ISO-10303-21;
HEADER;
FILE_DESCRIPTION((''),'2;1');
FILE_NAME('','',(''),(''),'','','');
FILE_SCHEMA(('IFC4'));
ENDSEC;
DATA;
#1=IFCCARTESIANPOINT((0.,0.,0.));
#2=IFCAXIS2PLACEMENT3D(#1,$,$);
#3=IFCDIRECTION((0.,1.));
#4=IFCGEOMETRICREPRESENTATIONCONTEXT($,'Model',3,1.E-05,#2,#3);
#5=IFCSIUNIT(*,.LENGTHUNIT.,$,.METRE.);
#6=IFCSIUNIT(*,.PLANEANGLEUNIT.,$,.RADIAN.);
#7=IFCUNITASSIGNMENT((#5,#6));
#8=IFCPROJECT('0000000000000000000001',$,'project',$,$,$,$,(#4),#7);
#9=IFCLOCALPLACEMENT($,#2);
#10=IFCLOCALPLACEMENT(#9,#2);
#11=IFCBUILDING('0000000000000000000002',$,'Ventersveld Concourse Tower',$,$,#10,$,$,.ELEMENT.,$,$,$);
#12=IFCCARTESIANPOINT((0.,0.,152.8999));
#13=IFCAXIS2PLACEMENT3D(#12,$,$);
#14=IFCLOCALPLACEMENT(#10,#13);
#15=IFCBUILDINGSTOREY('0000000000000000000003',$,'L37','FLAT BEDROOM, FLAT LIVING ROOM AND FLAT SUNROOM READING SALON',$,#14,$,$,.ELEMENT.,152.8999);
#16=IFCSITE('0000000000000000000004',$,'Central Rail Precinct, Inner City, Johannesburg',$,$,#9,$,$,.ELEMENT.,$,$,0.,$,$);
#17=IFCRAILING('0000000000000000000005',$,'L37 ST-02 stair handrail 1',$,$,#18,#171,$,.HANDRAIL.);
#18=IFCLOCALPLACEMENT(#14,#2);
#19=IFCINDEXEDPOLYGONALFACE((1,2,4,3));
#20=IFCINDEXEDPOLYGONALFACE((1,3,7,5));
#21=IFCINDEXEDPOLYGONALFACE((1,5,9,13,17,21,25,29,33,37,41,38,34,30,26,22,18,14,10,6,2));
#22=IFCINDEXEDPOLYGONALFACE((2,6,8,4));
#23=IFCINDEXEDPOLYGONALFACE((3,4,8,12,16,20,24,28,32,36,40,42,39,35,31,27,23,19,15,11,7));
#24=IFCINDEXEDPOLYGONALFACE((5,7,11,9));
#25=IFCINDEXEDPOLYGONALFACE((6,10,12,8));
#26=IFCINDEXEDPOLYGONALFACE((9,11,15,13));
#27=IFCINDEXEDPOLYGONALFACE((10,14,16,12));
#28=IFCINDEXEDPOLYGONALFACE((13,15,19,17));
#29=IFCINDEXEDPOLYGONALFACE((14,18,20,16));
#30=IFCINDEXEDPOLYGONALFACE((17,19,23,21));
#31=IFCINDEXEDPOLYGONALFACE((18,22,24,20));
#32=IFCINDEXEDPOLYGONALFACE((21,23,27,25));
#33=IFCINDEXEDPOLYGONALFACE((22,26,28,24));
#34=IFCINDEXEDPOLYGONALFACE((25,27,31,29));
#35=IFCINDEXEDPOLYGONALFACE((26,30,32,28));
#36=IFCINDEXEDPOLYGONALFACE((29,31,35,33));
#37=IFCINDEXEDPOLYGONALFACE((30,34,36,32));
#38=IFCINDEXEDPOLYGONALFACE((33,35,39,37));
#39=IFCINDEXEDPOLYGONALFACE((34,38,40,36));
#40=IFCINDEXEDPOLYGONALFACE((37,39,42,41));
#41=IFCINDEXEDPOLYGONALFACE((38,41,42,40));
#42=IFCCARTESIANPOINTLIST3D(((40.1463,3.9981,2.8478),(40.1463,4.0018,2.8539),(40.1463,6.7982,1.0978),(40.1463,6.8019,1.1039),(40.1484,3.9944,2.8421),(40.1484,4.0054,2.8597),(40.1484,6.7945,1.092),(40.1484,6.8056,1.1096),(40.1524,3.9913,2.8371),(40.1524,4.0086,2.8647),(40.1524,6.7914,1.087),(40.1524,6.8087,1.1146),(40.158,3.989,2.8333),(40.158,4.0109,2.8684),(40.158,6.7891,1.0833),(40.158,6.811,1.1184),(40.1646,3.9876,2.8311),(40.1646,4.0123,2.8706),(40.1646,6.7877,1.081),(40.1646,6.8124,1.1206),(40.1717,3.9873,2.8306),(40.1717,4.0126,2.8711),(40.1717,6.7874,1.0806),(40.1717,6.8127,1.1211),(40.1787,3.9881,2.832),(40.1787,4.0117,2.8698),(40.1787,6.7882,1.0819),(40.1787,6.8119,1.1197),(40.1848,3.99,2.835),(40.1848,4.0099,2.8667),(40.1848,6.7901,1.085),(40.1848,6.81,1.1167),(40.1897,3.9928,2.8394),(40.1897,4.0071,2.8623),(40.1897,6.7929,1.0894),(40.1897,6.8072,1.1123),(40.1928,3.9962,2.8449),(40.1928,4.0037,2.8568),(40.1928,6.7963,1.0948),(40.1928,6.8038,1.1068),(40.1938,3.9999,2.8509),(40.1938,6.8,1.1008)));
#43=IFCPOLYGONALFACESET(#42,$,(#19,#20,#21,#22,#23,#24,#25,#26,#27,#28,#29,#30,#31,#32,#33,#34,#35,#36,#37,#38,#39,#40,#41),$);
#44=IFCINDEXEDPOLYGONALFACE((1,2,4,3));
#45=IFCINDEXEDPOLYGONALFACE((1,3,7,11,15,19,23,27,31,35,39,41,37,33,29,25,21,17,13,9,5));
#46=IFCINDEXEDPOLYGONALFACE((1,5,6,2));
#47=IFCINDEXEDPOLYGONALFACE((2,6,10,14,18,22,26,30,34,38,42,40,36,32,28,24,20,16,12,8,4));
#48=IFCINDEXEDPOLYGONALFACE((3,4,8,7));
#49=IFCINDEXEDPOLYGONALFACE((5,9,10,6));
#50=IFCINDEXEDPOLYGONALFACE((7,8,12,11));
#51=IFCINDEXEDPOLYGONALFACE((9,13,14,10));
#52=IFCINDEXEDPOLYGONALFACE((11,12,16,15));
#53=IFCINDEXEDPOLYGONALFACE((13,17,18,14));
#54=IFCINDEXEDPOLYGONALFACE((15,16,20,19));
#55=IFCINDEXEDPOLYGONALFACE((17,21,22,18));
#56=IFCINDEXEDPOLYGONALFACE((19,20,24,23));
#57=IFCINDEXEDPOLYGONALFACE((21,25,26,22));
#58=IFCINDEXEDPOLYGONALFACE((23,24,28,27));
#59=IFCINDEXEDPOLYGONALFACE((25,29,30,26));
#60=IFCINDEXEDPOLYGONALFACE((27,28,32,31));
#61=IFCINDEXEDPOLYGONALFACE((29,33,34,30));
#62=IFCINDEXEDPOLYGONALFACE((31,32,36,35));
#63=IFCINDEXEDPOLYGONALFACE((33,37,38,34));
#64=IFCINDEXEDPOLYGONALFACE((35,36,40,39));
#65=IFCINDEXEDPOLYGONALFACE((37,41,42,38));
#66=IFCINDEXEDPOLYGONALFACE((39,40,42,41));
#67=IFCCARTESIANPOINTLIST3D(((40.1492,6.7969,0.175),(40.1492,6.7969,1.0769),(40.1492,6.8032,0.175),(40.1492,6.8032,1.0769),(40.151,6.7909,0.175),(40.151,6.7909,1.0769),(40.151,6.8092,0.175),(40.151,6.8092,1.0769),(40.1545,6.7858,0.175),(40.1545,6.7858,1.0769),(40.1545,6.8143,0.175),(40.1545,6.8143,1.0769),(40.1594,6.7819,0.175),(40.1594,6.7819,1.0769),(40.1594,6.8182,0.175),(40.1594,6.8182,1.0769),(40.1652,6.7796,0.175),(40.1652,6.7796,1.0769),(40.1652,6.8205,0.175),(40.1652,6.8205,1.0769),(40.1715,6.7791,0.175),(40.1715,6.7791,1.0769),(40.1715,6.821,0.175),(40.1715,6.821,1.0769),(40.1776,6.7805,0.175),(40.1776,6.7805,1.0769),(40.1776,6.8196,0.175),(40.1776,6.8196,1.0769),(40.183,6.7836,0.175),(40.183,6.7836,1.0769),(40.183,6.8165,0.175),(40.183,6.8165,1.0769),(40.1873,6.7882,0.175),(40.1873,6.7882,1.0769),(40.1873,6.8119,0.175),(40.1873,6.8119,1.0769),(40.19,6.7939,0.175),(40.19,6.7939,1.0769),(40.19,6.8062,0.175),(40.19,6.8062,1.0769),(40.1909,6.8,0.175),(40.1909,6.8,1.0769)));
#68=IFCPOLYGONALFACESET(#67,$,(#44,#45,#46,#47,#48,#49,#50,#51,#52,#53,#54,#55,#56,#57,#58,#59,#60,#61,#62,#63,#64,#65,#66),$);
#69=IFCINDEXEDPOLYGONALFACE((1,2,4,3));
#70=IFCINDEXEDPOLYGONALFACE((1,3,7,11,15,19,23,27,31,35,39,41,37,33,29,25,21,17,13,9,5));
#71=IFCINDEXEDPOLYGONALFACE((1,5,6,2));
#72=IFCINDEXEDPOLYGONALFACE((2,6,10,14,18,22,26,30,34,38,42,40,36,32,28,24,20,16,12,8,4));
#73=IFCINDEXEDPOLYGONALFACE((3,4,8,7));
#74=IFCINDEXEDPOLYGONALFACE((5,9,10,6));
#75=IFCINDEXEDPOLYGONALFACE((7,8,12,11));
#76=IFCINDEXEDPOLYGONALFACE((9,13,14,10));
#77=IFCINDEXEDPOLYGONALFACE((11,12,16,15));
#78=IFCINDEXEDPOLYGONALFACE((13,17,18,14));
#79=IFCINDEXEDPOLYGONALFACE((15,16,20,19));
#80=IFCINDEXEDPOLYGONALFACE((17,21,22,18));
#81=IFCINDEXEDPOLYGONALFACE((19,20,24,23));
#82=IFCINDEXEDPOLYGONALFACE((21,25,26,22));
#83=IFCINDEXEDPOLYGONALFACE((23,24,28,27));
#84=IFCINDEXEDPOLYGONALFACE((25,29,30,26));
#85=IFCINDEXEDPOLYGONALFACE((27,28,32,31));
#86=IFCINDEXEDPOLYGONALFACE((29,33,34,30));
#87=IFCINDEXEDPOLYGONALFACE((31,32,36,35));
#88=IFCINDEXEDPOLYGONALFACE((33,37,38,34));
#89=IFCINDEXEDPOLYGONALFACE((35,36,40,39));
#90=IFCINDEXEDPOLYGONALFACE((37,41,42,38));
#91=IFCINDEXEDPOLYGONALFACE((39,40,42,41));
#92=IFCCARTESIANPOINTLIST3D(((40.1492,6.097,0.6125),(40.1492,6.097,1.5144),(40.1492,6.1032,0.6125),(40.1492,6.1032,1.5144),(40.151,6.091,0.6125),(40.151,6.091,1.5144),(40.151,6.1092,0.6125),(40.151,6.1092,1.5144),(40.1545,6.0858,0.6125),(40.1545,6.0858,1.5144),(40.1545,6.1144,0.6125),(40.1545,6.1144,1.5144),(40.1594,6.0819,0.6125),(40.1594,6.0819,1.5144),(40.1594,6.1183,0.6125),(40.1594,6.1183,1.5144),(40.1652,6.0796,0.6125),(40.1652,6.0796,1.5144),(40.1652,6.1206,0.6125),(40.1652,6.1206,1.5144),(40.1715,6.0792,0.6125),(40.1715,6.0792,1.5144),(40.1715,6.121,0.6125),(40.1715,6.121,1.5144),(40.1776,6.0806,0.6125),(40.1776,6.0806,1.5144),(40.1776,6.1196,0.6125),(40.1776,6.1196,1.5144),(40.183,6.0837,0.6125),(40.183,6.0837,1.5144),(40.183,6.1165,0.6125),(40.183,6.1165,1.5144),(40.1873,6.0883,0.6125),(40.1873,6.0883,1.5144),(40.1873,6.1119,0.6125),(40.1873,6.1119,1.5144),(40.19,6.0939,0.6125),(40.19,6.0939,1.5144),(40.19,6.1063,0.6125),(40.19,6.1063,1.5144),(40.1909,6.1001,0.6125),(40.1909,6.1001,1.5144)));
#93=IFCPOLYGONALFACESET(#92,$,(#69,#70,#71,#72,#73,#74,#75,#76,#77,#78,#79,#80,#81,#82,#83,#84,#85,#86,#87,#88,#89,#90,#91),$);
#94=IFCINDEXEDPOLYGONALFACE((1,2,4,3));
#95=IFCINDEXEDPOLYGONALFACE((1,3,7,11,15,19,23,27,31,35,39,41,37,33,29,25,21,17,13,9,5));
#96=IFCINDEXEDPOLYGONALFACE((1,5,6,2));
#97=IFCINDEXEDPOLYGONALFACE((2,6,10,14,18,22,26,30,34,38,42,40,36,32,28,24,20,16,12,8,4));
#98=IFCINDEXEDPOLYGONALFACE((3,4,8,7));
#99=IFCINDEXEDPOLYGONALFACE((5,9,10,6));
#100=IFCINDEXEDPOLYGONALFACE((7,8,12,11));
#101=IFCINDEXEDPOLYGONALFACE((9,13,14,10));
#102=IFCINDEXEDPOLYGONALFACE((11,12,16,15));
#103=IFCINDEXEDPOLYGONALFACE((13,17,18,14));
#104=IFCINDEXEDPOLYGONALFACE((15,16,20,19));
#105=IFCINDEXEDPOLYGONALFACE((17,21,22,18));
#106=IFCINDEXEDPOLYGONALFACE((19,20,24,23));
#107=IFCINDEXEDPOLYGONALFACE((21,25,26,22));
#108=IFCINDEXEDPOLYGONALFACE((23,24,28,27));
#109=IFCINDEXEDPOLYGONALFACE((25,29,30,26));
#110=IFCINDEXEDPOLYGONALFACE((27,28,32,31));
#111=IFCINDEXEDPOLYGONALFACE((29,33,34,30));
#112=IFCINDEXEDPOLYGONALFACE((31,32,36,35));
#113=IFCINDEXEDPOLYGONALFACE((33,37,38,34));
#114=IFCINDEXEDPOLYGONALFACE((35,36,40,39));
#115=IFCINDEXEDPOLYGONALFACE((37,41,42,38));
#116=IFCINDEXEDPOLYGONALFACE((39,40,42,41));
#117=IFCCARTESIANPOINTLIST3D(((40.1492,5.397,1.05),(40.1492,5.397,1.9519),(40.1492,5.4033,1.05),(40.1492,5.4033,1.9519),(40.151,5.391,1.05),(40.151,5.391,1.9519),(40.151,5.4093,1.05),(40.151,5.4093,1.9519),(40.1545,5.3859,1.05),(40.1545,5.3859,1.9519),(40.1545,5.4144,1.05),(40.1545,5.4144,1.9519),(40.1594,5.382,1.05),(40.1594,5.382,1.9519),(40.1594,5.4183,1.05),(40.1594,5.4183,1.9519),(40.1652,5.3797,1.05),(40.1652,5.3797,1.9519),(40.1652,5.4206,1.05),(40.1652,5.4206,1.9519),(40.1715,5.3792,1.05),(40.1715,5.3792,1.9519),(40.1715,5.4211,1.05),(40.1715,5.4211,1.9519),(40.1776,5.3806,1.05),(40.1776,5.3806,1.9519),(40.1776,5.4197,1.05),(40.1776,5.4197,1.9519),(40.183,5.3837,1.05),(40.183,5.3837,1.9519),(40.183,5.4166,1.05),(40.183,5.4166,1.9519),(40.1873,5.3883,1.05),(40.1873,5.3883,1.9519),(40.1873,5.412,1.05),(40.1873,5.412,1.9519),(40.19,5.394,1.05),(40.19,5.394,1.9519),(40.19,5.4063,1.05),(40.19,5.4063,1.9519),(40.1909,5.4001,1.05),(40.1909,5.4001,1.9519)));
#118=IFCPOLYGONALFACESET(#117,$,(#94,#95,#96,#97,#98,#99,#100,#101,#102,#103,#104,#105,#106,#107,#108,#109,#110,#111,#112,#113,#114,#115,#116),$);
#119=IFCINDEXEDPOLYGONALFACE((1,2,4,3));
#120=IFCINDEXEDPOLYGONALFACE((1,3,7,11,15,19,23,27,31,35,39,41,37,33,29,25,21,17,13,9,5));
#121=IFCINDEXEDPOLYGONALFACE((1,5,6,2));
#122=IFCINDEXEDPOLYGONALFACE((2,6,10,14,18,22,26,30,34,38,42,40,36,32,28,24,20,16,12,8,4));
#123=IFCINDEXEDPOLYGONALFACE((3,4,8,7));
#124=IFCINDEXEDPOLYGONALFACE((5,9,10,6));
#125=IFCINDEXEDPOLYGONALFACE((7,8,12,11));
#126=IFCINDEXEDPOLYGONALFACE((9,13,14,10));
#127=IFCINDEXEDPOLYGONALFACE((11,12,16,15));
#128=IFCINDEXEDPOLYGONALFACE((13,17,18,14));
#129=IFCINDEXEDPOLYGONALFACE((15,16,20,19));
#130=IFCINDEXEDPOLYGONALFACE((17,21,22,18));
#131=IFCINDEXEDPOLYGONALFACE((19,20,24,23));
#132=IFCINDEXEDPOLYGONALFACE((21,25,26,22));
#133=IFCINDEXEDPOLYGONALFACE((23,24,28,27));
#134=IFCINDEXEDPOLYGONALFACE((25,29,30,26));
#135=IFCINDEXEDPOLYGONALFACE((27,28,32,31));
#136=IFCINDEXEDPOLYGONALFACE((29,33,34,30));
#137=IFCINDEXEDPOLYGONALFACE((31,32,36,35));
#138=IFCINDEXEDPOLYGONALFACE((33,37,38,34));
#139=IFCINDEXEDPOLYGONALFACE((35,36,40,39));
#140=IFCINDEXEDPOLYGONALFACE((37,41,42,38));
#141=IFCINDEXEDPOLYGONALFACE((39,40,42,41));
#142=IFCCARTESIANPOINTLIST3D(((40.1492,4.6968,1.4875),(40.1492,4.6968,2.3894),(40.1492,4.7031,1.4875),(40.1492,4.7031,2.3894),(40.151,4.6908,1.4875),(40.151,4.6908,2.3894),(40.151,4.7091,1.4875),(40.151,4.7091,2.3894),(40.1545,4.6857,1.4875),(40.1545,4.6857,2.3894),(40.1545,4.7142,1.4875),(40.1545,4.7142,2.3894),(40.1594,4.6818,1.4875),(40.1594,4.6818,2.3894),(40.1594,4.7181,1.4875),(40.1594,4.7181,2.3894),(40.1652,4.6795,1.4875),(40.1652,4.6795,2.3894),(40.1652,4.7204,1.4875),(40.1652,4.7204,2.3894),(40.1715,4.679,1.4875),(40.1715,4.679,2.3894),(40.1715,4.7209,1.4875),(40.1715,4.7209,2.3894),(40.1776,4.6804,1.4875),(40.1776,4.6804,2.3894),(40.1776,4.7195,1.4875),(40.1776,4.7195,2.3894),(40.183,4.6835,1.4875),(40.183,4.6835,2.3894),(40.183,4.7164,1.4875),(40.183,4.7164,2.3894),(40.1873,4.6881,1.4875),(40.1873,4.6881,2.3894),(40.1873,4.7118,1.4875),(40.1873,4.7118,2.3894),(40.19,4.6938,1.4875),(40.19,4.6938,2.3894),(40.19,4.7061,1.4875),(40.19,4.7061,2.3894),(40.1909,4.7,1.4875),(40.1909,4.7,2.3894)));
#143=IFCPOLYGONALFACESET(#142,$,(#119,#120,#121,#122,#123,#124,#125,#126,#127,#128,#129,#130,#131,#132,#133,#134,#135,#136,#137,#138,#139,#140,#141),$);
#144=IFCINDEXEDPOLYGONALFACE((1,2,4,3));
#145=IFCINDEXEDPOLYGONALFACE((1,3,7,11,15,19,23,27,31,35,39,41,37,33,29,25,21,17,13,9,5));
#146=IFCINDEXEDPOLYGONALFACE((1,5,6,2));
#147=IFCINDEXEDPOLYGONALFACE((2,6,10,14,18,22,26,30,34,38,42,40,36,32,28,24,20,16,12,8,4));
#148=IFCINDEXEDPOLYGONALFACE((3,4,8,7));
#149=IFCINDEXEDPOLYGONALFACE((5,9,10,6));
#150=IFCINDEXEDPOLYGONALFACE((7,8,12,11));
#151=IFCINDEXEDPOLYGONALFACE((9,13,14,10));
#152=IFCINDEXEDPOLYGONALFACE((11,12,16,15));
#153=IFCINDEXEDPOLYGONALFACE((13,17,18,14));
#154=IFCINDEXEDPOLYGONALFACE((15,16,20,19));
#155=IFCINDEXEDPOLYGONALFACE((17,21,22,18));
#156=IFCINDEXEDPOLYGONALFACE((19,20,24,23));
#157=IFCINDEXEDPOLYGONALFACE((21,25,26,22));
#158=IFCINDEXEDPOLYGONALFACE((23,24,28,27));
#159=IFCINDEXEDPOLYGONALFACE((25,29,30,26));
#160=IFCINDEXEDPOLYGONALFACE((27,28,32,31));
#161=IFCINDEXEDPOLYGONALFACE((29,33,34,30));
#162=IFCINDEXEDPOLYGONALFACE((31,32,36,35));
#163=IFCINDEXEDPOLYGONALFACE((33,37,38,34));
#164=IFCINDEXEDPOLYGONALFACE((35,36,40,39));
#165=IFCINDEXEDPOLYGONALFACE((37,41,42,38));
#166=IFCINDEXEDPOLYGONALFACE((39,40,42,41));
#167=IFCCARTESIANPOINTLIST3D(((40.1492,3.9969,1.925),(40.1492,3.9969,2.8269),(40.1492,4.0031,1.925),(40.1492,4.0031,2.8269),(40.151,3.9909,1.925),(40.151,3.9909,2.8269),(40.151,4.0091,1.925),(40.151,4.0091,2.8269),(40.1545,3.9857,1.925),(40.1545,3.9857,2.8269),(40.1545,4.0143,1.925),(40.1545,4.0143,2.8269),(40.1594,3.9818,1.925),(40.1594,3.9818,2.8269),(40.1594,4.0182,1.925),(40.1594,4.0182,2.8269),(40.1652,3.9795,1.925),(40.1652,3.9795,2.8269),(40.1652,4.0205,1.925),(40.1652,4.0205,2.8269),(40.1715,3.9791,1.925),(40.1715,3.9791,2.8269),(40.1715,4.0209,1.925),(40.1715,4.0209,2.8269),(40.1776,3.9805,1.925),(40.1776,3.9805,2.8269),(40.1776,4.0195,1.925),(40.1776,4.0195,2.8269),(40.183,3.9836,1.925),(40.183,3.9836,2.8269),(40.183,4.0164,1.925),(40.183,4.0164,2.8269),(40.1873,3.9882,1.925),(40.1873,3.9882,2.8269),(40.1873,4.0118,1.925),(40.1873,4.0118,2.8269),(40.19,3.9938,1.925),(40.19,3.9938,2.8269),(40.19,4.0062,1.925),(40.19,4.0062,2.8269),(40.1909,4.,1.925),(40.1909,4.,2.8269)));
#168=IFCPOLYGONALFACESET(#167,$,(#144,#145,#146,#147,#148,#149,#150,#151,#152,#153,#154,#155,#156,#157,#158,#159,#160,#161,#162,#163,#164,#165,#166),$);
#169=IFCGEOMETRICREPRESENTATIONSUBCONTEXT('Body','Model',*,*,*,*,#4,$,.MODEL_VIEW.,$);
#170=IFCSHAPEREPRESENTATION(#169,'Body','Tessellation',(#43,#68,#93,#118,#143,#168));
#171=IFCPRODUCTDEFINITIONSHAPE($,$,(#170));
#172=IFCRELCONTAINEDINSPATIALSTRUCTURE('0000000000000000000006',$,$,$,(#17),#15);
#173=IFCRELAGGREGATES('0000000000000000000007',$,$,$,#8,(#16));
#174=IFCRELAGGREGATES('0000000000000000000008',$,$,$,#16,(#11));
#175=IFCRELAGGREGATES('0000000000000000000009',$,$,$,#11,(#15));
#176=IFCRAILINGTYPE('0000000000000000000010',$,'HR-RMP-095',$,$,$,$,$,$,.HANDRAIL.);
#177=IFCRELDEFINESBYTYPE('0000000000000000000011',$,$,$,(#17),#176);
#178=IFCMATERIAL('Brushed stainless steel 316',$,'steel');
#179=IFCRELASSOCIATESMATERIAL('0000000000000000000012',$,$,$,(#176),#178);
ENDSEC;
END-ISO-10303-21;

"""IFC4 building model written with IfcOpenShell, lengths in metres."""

from ifc_helpers import new_model, si_unit, direction, frame, origin, origin_2d, place, context, subcontext, project, spatial, circle, extrude, material, type_object, element, save


model = new_model("IFC4")

# Units and contexts
model_context = context("Model", 3, precision=1e-05, world=origin(), true_north=direction((0.0, 1.0)))
body_context = subcontext(model_context, "Body", "Model", "MODEL_VIEW")
ifc_project = project(units=[si_unit("LENGTHUNIT", "METRE"), si_unit("PLANEANGLEUNIT", "RADIAN")], contexts=[model_context])

# Site, building, storey
site_placement = place(None, origin())
site = spatial("IfcSite", under=ifc_project, at=site_placement, Name="Central Rail Precinct, Inner City, Johannesburg", CompositionType="ELEMENT", RefElevation=0.0)
building_placement = place(site_placement, origin())
building = spatial("IfcBuilding", under=site, at=building_placement, Name="Ventersveld Concourse Tower", CompositionType="ELEMENT")
storey_placement = place(building_placement, frame((0.0, 0.0, 152.8999)))
storey = spatial("IfcBuildingStorey", under=building, at=storey_placement, Name="L37", Description="FLAT BEDROOM, FLAT LIVING ROOM AND FLAT SUNROOM READING SALON", CompositionType="ELEMENT", Elevation=152.8999)

# Railing
ifc_material_1 = material(Name="Brushed stainless steel 316", Category="steel")
railing_type_1 = type_object("IfcRailingType", Name="HR-RMP-095", PredefinedType="HANDRAIL", material=ifc_material_1)
railing_1_placement = place(storey_placement, frame((40.1699, 6.8, 0.175)))
element("IfcRailing", 1, at=railing_1_placement, inside=storey, type_object=railing_type_1, Name="L37 ST-02 stair handrail 1", PredefinedType="HANDRAIL", context=body_context, shape_type="SweptSolid", body=[
    extrude(circle(Radius=0.0239, at=origin_2d()), frame((0.0, 0.0, 0.9258), z_axis=(0.0, -0.848002, 0.529992), x_axis=(1.0, 0.0, 0.0)), (0.0, 0.0, 1.0), 3.302),
    extrude(circle(Radius=0.021, at=origin_2d()), origin(), (0.0, 0.0, 1.0), 0.9019),
    extrude(circle(Radius=0.021, at=origin_2d()), frame((0.0, -0.7, 0.4375)), (0.0, 0.0, 1.0), 0.9019),
    extrude(circle(Radius=0.021, at=origin_2d()), frame((0.0, -1.3999, 0.875)), (0.0, 0.0, 1.0), 0.9019),
    extrude(circle(Radius=0.021, at=origin_2d()), frame((0.0, -2.1001, 1.3125)), (0.0, 0.0, 1.0), 0.9019),
    extrude(circle(Radius=0.021, at=origin_2d()), frame((0.0, -2.8, 1.75)), (0.0, 0.0, 1.0), 0.9019),
])

save(model, "model.ifc")
